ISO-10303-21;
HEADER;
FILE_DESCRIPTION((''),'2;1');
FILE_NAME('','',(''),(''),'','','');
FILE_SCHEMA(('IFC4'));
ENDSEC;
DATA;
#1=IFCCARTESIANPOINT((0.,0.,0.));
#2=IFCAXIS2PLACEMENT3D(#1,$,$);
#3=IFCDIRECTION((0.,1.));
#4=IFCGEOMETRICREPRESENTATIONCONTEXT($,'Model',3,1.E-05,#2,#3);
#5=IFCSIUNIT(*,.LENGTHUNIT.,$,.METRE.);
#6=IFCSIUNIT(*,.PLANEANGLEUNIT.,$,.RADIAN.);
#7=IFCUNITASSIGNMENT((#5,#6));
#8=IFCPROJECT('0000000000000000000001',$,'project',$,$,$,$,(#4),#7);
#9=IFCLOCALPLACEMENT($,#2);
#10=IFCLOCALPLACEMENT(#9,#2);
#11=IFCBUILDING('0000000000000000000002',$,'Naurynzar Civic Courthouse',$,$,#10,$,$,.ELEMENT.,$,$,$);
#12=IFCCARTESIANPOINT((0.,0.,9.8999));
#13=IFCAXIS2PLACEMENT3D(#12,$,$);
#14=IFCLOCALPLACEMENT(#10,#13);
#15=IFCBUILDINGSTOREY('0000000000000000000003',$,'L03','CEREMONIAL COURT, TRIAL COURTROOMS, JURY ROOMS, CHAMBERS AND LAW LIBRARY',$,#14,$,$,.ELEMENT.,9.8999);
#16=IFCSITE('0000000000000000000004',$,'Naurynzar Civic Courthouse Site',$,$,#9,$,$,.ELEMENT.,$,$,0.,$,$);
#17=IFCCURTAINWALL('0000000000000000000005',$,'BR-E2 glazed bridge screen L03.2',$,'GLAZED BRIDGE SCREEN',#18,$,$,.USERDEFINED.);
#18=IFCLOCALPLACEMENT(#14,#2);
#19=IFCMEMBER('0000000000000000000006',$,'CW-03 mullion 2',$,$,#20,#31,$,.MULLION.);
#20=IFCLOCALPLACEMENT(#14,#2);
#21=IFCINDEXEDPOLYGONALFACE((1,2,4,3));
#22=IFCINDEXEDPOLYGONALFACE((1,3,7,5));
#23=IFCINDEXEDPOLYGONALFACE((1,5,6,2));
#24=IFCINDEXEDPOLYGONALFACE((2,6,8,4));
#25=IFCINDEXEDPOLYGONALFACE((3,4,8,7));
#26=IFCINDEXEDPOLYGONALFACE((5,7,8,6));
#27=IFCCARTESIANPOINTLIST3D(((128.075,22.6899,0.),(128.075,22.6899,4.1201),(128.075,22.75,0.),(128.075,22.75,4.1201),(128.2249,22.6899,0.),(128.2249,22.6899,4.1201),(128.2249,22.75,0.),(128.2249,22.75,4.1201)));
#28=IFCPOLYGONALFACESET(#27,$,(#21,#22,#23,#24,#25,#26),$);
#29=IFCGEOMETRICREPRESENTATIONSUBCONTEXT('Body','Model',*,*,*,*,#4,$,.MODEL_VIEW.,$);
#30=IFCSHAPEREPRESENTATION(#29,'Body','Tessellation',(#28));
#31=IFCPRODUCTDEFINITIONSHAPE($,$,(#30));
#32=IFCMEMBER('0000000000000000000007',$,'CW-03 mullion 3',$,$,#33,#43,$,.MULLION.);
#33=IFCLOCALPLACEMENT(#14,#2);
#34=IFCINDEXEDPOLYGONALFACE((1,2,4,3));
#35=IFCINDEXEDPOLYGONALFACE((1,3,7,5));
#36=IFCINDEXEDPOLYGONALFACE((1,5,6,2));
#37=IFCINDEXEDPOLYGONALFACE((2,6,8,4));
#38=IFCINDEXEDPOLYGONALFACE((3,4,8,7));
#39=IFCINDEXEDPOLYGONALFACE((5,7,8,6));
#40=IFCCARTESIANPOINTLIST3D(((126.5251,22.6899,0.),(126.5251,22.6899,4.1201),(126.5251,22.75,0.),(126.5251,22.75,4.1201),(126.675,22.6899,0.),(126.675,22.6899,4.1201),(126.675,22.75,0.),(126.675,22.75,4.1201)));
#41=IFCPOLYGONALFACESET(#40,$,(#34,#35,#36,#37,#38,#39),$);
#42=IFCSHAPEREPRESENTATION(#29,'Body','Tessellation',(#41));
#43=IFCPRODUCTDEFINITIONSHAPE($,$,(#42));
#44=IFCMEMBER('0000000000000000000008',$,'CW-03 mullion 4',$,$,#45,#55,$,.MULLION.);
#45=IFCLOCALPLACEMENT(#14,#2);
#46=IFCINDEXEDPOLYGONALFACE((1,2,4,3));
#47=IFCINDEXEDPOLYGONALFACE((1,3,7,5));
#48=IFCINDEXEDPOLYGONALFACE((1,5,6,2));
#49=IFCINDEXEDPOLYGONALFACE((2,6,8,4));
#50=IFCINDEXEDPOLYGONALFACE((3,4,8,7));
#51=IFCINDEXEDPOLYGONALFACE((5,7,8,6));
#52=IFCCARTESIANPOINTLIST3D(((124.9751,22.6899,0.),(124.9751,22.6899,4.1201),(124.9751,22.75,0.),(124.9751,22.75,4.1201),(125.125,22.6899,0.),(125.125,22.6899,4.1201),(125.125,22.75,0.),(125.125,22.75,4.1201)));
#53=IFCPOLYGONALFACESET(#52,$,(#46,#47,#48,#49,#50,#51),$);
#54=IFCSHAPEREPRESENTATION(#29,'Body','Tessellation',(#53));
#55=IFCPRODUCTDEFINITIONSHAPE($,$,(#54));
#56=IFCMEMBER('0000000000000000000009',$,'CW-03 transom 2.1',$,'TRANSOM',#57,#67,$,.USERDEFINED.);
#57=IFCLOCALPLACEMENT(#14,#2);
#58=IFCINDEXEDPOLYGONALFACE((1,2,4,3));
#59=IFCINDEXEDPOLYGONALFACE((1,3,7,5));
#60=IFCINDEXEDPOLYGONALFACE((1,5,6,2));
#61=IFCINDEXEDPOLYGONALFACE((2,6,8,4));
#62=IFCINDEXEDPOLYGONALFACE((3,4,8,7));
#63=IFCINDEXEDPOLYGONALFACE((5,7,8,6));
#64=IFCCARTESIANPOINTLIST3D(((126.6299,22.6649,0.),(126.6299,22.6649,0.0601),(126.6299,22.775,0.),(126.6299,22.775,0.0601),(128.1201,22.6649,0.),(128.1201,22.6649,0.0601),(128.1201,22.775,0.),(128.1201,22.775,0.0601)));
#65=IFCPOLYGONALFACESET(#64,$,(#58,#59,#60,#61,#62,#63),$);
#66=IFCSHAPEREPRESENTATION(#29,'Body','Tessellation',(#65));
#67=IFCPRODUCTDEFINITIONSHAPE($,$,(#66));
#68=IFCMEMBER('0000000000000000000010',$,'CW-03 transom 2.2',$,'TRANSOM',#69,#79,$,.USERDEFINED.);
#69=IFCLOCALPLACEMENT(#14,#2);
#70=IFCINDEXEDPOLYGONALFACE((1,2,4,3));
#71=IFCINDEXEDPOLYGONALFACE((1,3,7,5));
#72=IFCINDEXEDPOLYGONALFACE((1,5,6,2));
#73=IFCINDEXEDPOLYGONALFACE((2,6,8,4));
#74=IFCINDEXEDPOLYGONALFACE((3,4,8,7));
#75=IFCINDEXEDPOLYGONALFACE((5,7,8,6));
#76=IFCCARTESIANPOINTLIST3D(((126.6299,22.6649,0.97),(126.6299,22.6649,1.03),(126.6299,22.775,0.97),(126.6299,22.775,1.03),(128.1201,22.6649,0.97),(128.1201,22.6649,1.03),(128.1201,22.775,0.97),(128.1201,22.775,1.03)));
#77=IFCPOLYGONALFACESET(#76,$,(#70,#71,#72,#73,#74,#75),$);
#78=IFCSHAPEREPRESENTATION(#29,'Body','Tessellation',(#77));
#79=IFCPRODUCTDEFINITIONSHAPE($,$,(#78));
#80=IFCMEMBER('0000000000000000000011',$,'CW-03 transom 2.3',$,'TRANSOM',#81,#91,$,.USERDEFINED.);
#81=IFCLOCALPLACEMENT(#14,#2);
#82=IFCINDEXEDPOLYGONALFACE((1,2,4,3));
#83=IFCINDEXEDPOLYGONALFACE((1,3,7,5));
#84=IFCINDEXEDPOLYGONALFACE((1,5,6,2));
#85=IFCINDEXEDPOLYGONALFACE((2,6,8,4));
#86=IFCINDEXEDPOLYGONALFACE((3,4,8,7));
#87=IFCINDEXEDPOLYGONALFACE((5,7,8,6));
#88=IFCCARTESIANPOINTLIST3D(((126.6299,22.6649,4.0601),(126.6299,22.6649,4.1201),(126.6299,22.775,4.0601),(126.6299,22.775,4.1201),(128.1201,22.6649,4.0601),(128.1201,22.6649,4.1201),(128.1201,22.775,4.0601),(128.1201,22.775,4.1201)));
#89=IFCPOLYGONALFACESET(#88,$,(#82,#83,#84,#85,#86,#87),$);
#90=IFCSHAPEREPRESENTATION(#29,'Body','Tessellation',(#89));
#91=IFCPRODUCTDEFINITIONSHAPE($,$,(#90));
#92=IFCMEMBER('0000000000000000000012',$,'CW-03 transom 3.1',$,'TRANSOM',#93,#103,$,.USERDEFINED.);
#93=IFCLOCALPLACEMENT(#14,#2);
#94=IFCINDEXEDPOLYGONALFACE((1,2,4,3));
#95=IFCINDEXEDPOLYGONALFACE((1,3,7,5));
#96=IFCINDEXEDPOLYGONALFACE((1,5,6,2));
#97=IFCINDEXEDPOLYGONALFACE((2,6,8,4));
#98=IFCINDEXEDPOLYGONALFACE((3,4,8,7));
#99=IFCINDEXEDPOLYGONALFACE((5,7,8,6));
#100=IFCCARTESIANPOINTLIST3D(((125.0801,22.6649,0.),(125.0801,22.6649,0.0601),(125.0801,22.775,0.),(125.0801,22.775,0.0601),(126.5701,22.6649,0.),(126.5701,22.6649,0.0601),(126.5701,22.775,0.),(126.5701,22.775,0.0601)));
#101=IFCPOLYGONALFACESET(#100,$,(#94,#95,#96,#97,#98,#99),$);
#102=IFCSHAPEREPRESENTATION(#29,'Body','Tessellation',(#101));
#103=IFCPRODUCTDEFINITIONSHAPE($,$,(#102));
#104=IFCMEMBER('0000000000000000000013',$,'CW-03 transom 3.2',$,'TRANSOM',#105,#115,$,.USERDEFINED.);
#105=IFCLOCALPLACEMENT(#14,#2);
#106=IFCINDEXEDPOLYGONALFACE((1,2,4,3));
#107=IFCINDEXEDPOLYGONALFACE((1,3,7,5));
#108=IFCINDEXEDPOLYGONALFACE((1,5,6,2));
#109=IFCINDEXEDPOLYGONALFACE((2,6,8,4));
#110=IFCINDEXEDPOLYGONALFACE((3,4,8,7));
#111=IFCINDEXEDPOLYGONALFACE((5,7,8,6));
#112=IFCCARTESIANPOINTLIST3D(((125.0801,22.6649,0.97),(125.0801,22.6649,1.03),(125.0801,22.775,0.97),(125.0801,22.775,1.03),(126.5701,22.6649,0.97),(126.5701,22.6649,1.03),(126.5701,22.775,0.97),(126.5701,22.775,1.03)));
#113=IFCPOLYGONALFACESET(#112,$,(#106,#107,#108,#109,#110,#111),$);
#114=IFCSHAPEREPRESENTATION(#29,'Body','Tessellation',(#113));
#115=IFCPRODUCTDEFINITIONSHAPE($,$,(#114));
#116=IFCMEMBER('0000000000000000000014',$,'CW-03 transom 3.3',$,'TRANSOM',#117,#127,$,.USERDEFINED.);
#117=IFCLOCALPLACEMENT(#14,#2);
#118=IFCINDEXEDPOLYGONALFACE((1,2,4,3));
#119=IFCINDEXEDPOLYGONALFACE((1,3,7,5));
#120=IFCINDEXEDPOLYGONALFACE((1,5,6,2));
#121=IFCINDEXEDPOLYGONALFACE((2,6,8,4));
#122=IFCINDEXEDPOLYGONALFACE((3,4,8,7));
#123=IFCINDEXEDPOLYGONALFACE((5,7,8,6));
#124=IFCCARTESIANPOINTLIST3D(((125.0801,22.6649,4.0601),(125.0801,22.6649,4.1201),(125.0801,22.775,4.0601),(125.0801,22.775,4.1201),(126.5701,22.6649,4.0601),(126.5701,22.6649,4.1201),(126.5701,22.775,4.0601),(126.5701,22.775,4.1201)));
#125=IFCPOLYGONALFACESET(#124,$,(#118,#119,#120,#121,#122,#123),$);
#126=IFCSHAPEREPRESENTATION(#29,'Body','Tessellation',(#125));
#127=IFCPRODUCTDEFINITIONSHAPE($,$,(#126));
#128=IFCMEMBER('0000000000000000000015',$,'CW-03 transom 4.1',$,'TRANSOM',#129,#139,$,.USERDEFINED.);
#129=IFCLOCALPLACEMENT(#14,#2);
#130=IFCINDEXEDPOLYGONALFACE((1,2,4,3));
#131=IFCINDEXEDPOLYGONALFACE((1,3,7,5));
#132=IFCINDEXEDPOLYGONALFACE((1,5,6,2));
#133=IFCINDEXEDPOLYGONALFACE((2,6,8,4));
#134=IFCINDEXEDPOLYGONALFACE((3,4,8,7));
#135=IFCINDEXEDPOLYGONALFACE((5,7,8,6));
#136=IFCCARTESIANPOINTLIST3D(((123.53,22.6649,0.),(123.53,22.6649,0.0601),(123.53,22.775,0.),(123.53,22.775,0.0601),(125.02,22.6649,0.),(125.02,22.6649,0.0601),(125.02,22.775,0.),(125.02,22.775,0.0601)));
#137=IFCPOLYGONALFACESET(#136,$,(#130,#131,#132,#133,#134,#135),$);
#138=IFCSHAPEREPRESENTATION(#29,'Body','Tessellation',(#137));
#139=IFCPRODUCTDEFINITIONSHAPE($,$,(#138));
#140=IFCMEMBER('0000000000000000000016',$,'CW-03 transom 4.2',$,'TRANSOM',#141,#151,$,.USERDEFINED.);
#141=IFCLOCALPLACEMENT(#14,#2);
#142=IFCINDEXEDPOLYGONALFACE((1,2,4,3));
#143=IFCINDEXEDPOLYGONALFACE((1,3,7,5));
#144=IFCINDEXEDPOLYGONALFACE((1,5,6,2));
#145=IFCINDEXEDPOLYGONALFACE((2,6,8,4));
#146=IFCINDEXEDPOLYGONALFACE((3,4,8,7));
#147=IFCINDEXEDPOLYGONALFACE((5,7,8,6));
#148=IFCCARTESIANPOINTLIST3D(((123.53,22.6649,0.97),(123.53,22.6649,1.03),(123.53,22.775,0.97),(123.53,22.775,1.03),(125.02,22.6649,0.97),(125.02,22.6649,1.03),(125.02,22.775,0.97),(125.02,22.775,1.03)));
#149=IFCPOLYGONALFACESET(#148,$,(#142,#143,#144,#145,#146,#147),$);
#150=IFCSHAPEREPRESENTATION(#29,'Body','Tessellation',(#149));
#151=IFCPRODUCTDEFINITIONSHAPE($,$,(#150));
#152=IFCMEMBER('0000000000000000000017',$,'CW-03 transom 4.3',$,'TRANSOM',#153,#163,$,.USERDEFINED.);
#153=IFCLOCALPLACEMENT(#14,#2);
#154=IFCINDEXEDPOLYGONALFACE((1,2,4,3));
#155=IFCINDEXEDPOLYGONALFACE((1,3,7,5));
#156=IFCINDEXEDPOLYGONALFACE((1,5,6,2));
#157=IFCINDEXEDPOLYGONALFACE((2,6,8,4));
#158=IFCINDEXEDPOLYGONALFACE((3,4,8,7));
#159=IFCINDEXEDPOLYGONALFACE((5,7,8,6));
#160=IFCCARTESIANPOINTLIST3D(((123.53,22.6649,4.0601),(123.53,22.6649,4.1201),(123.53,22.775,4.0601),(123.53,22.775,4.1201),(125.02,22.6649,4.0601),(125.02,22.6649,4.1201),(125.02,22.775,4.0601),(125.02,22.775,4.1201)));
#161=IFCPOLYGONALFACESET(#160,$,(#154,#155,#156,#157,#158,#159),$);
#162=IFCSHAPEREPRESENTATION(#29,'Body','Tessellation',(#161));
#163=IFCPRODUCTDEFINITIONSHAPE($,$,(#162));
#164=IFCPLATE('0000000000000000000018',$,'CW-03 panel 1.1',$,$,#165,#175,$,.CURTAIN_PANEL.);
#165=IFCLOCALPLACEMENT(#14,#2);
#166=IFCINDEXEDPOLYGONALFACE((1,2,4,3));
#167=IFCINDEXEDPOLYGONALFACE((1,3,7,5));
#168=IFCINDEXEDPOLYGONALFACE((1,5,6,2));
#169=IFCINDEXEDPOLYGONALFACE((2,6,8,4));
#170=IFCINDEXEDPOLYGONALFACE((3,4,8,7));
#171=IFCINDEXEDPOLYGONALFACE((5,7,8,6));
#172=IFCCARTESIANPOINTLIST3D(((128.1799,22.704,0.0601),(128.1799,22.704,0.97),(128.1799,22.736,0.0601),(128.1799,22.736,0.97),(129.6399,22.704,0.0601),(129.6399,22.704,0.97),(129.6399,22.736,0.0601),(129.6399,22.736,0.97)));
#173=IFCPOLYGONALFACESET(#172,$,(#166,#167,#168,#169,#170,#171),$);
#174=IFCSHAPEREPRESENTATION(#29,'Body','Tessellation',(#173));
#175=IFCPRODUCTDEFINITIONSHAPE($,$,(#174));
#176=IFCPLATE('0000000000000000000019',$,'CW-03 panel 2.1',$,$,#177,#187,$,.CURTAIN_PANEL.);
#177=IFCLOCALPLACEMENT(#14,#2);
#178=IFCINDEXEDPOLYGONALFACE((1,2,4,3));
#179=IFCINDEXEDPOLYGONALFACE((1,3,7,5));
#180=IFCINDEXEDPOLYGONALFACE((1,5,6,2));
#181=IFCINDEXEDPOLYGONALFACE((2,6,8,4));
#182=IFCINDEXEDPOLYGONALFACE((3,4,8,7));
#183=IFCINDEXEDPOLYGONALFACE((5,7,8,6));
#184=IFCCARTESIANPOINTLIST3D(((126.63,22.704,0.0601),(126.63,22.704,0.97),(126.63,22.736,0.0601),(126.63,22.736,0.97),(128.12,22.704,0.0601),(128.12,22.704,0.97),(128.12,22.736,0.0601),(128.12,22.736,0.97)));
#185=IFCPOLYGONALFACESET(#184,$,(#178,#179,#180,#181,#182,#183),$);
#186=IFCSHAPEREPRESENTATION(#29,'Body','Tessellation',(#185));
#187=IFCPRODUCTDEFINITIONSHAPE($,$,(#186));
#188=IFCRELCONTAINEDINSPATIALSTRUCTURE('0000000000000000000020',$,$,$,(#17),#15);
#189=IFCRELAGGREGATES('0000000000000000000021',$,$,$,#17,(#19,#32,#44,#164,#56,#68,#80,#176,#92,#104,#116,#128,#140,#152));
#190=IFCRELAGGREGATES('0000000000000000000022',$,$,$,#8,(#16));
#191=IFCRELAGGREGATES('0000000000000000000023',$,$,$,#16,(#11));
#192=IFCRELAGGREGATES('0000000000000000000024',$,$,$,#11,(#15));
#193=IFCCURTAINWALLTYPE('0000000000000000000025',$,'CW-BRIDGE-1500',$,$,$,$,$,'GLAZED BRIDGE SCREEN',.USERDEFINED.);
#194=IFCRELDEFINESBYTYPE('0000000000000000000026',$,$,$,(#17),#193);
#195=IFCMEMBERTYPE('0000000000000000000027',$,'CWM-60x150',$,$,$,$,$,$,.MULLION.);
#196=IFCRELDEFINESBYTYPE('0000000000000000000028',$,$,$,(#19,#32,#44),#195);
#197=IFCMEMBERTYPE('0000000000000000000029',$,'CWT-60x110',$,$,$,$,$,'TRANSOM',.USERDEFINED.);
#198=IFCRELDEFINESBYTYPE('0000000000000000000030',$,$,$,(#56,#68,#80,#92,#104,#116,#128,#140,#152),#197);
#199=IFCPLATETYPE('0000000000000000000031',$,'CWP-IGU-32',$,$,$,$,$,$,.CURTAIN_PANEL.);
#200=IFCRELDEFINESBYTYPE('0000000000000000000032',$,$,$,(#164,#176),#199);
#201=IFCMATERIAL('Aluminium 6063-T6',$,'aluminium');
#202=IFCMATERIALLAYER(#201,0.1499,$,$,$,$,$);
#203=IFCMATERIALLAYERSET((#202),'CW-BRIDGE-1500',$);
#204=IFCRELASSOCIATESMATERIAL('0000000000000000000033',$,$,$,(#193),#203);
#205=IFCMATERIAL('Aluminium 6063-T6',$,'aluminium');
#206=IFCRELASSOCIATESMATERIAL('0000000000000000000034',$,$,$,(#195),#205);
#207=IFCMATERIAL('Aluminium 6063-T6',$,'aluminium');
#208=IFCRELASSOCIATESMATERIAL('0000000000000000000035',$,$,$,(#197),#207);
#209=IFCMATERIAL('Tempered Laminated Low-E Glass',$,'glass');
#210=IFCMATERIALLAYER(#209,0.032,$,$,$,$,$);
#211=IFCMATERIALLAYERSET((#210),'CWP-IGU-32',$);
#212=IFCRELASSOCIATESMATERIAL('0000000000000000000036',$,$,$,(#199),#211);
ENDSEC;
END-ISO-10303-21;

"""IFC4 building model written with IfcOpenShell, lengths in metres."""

from ifc_helpers import new_model, si_unit, direction, frame, origin, origin_2d, place, context, subcontext, project, spatial, rectangle, extrude, material, layer, layer_set, material_profile, profile_set, type_object, element, aggregate, save


model = new_model("IFC4")

# Units and contexts
model_context = context("Model", 3, precision=1e-05, world=origin(), true_north=direction((0.0, 1.0)))
body_context = subcontext(model_context, "Body", "Model", "MODEL_VIEW")
ifc_project = project(units=[si_unit("LENGTHUNIT", "METRE"), si_unit("PLANEANGLEUNIT", "RADIAN")], contexts=[model_context])

# Site, building, storey
site_placement = place(None, origin())
site = spatial("IfcSite", under=ifc_project, at=site_placement, Name="Naurynzar Civic Courthouse Site", CompositionType="ELEMENT", RefElevation=0.0)
building_placement = place(site_placement, origin())
building = spatial("IfcBuilding", under=site, at=building_placement, Name="Naurynzar Civic Courthouse", CompositionType="ELEMENT")
storey_placement = place(building_placement, frame((0.0, 0.0, 9.8999)))
storey = spatial("IfcBuildingStorey", under=building, at=storey_placement, Name="L03", Description="CEREMONIAL COURT, TRIAL COURTROOMS, JURY ROOMS, CHAMBERS AND LAW LIBRARY", CompositionType="ELEMENT", Elevation=9.8999)

# Curtain wall, members, plates
ifc_material_1 = material(Name="Aluminium 6063-T6", Category="aluminium")
ifc_layer_1 = layer(ifc_material_1, 0.1499)
ifc_layer_set_1 = layer_set([ifc_layer_1], Name="CW-BRIDGE-1500")
curtain_wall_type = type_object("IfcCurtainWallType", Name="CW-BRIDGE-1500", ElementType="GLAZED BRIDGE SCREEN", PredefinedType="USERDEFINED", material=ifc_layer_set_1)
curtain_wall_placement = place(storey_placement, origin())
curtain_wall = element("IfcCurtainWall", 1, at=curtain_wall_placement, inside=storey, type_object=curtain_wall_type, Name="BR-E2 glazed bridge screen L03.2", ObjectType="GLAZED BRIDGE SCREEN", PredefinedType="USERDEFINED")
ifc_material_2 = material(Name="Aluminium 6063-T6", Category="aluminium")
ifc_material_profile_1 = material_profile(ifc_material_2, rectangle(XDim=0.0601, YDim=0.1499, at=origin_2d()), Name="ALU MULLION 60x150")
ifc_profile_set_1 = profile_set([ifc_material_profile_1], Name="Aluminium 6063-T6")
member_type_1 = type_object("IfcMemberType", Name="CWM-60x150", PredefinedType="MULLION", material=ifc_profile_set_1)
member_1_placement = place(storey_placement, frame((128.1499, 22.72, 0.0), z_axis=(0.0, 0.0, 1.0), x_axis=(0.0, -1.0, 0.0)))
member_1 = element("IfcMember", 2, at=member_1_placement, type_object=member_type_1, Name="CW-03 mullion 2", PredefinedType="MULLION", context=body_context, shape_type="SweptSolid", body=[
    extrude(rectangle(XDim=0.0601, YDim=0.1499, at=origin_2d()), origin(), (0.0, 0.0, 1.0), 4.1201),
])
member_2_placement = place(storey_placement, frame((126.6001, 22.72, 0.0), z_axis=(0.0, 0.0, 1.0), x_axis=(0.0, -1.0, 0.0)))
member_2 = element("IfcMember", 3, at=member_2_placement, type_object=member_type_1, Name="CW-03 mullion 3", PredefinedType="MULLION", context=body_context, shape_type="SweptSolid", body=[
    extrude(rectangle(XDim=0.0601, YDim=0.1499, at=origin_2d()), origin(), (0.0, 0.0, 1.0), 4.1201),
])
member_3_placement = place(storey_placement, frame((125.05, 22.72, 0.0), z_axis=(0.0, 0.0, 1.0), x_axis=(0.0, -1.0, 0.0)))
member_3 = element("IfcMember", 4, at=member_3_placement, type_object=member_type_1, Name="CW-03 mullion 4", PredefinedType="MULLION", context=body_context, shape_type="SweptSolid", body=[
    extrude(rectangle(XDim=0.0601, YDim=0.1499, at=origin_2d()), origin(), (0.0, 0.0, 1.0), 4.1201),
])
ifc_material_3 = material(Name="Aluminium 6063-T6", Category="aluminium")
ifc_material_profile_2 = material_profile(ifc_material_3, rectangle(XDim=0.1101, YDim=0.0601, at=origin_2d()), Name="ALU TRANSOM 60x110")
ifc_profile_set_2 = profile_set([ifc_material_profile_2], Name="Aluminium 6063-T6")
member_type_2 = type_object("IfcMemberType", Name="CWT-60x110", ElementType="TRANSOM", PredefinedType="USERDEFINED", material=ifc_profile_set_2)
member_4_placement = place(storey_placement, frame((128.1201, 22.72, 0.03), z_axis=(-1.0, 0.0, 0.0), x_axis=(0.0, -1.0, 0.0)))
member_4 = element("IfcMember", 5, at=member_4_placement, type_object=member_type_2, Name="CW-03 transom 2.1", ObjectType="TRANSOM", PredefinedType="USERDEFINED", context=body_context, shape_type="SweptSolid", body=[
    extrude(rectangle(XDim=0.1101, YDim=0.0601, at=origin_2d()), origin(), (0.0, 0.0, 1.0), 1.4902),
])
member_5_placement = place(storey_placement, frame((128.1201, 22.72, 1.0), z_axis=(-1.0, 0.0, 0.0), x_axis=(0.0, -1.0, 0.0)))
member_5 = element("IfcMember", 6, at=member_5_placement, type_object=member_type_2, Name="CW-03 transom 2.2", ObjectType="TRANSOM", PredefinedType="USERDEFINED", context=body_context, shape_type="SweptSolid", body=[
    extrude(rectangle(XDim=0.1101, YDim=0.0601, at=origin_2d()), origin(), (0.0, 0.0, 1.0), 1.4902),
])
member_6_placement = place(storey_placement, frame((128.1201, 22.72, 4.0901), z_axis=(-1.0, 0.0, 0.0), x_axis=(0.0, -1.0, 0.0)))
member_6 = element("IfcMember", 7, at=member_6_placement, type_object=member_type_2, Name="CW-03 transom 2.3", ObjectType="TRANSOM", PredefinedType="USERDEFINED", context=body_context, shape_type="SweptSolid", body=[
    extrude(rectangle(XDim=0.1101, YDim=0.0601, at=origin_2d()), origin(), (0.0, 0.0, 1.0), 1.4902),
])
member_7_placement = place(storey_placement, frame((126.5701, 22.72, 0.03), z_axis=(-1.0, 0.0, 0.0), x_axis=(0.0, -1.0, 0.0)))
member_7 = element("IfcMember", 8, at=member_7_placement, type_object=member_type_2, Name="CW-03 transom 3.1", ObjectType="TRANSOM", PredefinedType="USERDEFINED", context=body_context, shape_type="SweptSolid", body=[
    extrude(rectangle(XDim=0.1101, YDim=0.0601, at=origin_2d()), origin(), (0.0, 0.0, 1.0), 1.49),
])
member_8_placement = place(storey_placement, frame((126.5701, 22.72, 1.0), z_axis=(-1.0, 0.0, 0.0), x_axis=(0.0, -1.0, 0.0)))
member_8 = element("IfcMember", 9, at=member_8_placement, type_object=member_type_2, Name="CW-03 transom 3.2", ObjectType="TRANSOM", PredefinedType="USERDEFINED", context=body_context, shape_type="SweptSolid", body=[
    extrude(rectangle(XDim=0.1101, YDim=0.0601, at=origin_2d()), origin(), (0.0, 0.0, 1.0), 1.49),
])
member_9_placement = place(storey_placement, frame((126.5701, 22.72, 4.0901), z_axis=(-1.0, 0.0, 0.0), x_axis=(0.0, -1.0, 0.0)))
member_9 = element("IfcMember", 10, at=member_9_placement, type_object=member_type_2, Name="CW-03 transom 3.3", ObjectType="TRANSOM", PredefinedType="USERDEFINED", context=body_context, shape_type="SweptSolid", body=[
    extrude(rectangle(XDim=0.1101, YDim=0.0601, at=origin_2d()), origin(), (0.0, 0.0, 1.0), 1.49),
])
member_10_placement = place(storey_placement, frame((125.02, 22.72, 0.03), z_axis=(-1.0, 0.0, 0.0), x_axis=(0.0, -1.0, 0.0)))
member_10 = element("IfcMember", 11, at=member_10_placement, type_object=member_type_2, Name="CW-03 transom 4.1", ObjectType="TRANSOM", PredefinedType="USERDEFINED", context=body_context, shape_type="SweptSolid", body=[
    extrude(rectangle(XDim=0.1101, YDim=0.0601, at=origin_2d()), origin(), (0.0, 0.0, 1.0), 1.49),
])
member_11_placement = place(storey_placement, frame((125.02, 22.72, 1.0), z_axis=(-1.0, 0.0, 0.0), x_axis=(0.0, -1.0, 0.0)))
member_11 = element("IfcMember", 12, at=member_11_placement, type_object=member_type_2, Name="CW-03 transom 4.2", ObjectType="TRANSOM", PredefinedType="USERDEFINED", context=body_context, shape_type="SweptSolid", body=[
    extrude(rectangle(XDim=0.1101, YDim=0.0601, at=origin_2d()), origin(), (0.0, 0.0, 1.0), 1.49),
])
member_12_placement = place(storey_placement, frame((125.02, 22.72, 4.0901), z_axis=(-1.0, 0.0, 0.0), x_axis=(0.0, -1.0, 0.0)))
member_12 = element("IfcMember", 13, at=member_12_placement, type_object=member_type_2, Name="CW-03 transom 4.3", ObjectType="TRANSOM", PredefinedType="USERDEFINED", context=body_context, shape_type="SweptSolid", body=[
    extrude(rectangle(XDim=0.1101, YDim=0.0601, at=origin_2d()), origin(), (0.0, 0.0, 1.0), 1.49),
])
ifc_material_4 = material(Name="Tempered Laminated Low-E Glass", Category="glass")
ifc_layer_2 = layer(ifc_material_4, 0.032)
ifc_layer_set_2 = layer_set([ifc_layer_2], Name="CWP-IGU-32")
plate_type = type_object("IfcPlateType", Name="CWP-IGU-32", PredefinedType="CURTAIN_PANEL", material=ifc_layer_set_2)
plate_1_placement = place(storey_placement, frame((128.9099, 22.72, 0.0601), z_axis=(0.0, 0.0, 1.0), x_axis=(-1.0, 0.0, 0.0)))
plate_1 = element("IfcPlate", 14, at=plate_1_placement, type_object=plate_type, Name="CW-03 panel 1.1", PredefinedType="CURTAIN_PANEL", context=body_context, shape_type="SweptSolid", body=[
    extrude(rectangle(XDim=1.46, YDim=0.032, at=origin_2d()), origin(), (0.0, 0.0, 1.0), 0.9099),
])
plate_2_placement = place(storey_placement, frame((127.375, 22.72, 0.0601), z_axis=(0.0, 0.0, 1.0), x_axis=(-1.0, 0.0, 0.0)))
plate_2 = element("IfcPlate", 15, at=plate_2_placement, type_object=plate_type, Name="CW-03 panel 2.1", PredefinedType="CURTAIN_PANEL", context=body_context, shape_type="SweptSolid", body=[
    extrude(rectangle(XDim=1.49, YDim=0.032, at=origin_2d()), origin(), (0.0, 0.0, 1.0), 0.9099),
])
aggregate(curtain_wall, [member_1, member_2, member_3, plate_1, member_4, member_5, member_6, plate_2, member_7, member_8, member_9, member_10, member_11, member_12])

save(model, "model.ifc")
